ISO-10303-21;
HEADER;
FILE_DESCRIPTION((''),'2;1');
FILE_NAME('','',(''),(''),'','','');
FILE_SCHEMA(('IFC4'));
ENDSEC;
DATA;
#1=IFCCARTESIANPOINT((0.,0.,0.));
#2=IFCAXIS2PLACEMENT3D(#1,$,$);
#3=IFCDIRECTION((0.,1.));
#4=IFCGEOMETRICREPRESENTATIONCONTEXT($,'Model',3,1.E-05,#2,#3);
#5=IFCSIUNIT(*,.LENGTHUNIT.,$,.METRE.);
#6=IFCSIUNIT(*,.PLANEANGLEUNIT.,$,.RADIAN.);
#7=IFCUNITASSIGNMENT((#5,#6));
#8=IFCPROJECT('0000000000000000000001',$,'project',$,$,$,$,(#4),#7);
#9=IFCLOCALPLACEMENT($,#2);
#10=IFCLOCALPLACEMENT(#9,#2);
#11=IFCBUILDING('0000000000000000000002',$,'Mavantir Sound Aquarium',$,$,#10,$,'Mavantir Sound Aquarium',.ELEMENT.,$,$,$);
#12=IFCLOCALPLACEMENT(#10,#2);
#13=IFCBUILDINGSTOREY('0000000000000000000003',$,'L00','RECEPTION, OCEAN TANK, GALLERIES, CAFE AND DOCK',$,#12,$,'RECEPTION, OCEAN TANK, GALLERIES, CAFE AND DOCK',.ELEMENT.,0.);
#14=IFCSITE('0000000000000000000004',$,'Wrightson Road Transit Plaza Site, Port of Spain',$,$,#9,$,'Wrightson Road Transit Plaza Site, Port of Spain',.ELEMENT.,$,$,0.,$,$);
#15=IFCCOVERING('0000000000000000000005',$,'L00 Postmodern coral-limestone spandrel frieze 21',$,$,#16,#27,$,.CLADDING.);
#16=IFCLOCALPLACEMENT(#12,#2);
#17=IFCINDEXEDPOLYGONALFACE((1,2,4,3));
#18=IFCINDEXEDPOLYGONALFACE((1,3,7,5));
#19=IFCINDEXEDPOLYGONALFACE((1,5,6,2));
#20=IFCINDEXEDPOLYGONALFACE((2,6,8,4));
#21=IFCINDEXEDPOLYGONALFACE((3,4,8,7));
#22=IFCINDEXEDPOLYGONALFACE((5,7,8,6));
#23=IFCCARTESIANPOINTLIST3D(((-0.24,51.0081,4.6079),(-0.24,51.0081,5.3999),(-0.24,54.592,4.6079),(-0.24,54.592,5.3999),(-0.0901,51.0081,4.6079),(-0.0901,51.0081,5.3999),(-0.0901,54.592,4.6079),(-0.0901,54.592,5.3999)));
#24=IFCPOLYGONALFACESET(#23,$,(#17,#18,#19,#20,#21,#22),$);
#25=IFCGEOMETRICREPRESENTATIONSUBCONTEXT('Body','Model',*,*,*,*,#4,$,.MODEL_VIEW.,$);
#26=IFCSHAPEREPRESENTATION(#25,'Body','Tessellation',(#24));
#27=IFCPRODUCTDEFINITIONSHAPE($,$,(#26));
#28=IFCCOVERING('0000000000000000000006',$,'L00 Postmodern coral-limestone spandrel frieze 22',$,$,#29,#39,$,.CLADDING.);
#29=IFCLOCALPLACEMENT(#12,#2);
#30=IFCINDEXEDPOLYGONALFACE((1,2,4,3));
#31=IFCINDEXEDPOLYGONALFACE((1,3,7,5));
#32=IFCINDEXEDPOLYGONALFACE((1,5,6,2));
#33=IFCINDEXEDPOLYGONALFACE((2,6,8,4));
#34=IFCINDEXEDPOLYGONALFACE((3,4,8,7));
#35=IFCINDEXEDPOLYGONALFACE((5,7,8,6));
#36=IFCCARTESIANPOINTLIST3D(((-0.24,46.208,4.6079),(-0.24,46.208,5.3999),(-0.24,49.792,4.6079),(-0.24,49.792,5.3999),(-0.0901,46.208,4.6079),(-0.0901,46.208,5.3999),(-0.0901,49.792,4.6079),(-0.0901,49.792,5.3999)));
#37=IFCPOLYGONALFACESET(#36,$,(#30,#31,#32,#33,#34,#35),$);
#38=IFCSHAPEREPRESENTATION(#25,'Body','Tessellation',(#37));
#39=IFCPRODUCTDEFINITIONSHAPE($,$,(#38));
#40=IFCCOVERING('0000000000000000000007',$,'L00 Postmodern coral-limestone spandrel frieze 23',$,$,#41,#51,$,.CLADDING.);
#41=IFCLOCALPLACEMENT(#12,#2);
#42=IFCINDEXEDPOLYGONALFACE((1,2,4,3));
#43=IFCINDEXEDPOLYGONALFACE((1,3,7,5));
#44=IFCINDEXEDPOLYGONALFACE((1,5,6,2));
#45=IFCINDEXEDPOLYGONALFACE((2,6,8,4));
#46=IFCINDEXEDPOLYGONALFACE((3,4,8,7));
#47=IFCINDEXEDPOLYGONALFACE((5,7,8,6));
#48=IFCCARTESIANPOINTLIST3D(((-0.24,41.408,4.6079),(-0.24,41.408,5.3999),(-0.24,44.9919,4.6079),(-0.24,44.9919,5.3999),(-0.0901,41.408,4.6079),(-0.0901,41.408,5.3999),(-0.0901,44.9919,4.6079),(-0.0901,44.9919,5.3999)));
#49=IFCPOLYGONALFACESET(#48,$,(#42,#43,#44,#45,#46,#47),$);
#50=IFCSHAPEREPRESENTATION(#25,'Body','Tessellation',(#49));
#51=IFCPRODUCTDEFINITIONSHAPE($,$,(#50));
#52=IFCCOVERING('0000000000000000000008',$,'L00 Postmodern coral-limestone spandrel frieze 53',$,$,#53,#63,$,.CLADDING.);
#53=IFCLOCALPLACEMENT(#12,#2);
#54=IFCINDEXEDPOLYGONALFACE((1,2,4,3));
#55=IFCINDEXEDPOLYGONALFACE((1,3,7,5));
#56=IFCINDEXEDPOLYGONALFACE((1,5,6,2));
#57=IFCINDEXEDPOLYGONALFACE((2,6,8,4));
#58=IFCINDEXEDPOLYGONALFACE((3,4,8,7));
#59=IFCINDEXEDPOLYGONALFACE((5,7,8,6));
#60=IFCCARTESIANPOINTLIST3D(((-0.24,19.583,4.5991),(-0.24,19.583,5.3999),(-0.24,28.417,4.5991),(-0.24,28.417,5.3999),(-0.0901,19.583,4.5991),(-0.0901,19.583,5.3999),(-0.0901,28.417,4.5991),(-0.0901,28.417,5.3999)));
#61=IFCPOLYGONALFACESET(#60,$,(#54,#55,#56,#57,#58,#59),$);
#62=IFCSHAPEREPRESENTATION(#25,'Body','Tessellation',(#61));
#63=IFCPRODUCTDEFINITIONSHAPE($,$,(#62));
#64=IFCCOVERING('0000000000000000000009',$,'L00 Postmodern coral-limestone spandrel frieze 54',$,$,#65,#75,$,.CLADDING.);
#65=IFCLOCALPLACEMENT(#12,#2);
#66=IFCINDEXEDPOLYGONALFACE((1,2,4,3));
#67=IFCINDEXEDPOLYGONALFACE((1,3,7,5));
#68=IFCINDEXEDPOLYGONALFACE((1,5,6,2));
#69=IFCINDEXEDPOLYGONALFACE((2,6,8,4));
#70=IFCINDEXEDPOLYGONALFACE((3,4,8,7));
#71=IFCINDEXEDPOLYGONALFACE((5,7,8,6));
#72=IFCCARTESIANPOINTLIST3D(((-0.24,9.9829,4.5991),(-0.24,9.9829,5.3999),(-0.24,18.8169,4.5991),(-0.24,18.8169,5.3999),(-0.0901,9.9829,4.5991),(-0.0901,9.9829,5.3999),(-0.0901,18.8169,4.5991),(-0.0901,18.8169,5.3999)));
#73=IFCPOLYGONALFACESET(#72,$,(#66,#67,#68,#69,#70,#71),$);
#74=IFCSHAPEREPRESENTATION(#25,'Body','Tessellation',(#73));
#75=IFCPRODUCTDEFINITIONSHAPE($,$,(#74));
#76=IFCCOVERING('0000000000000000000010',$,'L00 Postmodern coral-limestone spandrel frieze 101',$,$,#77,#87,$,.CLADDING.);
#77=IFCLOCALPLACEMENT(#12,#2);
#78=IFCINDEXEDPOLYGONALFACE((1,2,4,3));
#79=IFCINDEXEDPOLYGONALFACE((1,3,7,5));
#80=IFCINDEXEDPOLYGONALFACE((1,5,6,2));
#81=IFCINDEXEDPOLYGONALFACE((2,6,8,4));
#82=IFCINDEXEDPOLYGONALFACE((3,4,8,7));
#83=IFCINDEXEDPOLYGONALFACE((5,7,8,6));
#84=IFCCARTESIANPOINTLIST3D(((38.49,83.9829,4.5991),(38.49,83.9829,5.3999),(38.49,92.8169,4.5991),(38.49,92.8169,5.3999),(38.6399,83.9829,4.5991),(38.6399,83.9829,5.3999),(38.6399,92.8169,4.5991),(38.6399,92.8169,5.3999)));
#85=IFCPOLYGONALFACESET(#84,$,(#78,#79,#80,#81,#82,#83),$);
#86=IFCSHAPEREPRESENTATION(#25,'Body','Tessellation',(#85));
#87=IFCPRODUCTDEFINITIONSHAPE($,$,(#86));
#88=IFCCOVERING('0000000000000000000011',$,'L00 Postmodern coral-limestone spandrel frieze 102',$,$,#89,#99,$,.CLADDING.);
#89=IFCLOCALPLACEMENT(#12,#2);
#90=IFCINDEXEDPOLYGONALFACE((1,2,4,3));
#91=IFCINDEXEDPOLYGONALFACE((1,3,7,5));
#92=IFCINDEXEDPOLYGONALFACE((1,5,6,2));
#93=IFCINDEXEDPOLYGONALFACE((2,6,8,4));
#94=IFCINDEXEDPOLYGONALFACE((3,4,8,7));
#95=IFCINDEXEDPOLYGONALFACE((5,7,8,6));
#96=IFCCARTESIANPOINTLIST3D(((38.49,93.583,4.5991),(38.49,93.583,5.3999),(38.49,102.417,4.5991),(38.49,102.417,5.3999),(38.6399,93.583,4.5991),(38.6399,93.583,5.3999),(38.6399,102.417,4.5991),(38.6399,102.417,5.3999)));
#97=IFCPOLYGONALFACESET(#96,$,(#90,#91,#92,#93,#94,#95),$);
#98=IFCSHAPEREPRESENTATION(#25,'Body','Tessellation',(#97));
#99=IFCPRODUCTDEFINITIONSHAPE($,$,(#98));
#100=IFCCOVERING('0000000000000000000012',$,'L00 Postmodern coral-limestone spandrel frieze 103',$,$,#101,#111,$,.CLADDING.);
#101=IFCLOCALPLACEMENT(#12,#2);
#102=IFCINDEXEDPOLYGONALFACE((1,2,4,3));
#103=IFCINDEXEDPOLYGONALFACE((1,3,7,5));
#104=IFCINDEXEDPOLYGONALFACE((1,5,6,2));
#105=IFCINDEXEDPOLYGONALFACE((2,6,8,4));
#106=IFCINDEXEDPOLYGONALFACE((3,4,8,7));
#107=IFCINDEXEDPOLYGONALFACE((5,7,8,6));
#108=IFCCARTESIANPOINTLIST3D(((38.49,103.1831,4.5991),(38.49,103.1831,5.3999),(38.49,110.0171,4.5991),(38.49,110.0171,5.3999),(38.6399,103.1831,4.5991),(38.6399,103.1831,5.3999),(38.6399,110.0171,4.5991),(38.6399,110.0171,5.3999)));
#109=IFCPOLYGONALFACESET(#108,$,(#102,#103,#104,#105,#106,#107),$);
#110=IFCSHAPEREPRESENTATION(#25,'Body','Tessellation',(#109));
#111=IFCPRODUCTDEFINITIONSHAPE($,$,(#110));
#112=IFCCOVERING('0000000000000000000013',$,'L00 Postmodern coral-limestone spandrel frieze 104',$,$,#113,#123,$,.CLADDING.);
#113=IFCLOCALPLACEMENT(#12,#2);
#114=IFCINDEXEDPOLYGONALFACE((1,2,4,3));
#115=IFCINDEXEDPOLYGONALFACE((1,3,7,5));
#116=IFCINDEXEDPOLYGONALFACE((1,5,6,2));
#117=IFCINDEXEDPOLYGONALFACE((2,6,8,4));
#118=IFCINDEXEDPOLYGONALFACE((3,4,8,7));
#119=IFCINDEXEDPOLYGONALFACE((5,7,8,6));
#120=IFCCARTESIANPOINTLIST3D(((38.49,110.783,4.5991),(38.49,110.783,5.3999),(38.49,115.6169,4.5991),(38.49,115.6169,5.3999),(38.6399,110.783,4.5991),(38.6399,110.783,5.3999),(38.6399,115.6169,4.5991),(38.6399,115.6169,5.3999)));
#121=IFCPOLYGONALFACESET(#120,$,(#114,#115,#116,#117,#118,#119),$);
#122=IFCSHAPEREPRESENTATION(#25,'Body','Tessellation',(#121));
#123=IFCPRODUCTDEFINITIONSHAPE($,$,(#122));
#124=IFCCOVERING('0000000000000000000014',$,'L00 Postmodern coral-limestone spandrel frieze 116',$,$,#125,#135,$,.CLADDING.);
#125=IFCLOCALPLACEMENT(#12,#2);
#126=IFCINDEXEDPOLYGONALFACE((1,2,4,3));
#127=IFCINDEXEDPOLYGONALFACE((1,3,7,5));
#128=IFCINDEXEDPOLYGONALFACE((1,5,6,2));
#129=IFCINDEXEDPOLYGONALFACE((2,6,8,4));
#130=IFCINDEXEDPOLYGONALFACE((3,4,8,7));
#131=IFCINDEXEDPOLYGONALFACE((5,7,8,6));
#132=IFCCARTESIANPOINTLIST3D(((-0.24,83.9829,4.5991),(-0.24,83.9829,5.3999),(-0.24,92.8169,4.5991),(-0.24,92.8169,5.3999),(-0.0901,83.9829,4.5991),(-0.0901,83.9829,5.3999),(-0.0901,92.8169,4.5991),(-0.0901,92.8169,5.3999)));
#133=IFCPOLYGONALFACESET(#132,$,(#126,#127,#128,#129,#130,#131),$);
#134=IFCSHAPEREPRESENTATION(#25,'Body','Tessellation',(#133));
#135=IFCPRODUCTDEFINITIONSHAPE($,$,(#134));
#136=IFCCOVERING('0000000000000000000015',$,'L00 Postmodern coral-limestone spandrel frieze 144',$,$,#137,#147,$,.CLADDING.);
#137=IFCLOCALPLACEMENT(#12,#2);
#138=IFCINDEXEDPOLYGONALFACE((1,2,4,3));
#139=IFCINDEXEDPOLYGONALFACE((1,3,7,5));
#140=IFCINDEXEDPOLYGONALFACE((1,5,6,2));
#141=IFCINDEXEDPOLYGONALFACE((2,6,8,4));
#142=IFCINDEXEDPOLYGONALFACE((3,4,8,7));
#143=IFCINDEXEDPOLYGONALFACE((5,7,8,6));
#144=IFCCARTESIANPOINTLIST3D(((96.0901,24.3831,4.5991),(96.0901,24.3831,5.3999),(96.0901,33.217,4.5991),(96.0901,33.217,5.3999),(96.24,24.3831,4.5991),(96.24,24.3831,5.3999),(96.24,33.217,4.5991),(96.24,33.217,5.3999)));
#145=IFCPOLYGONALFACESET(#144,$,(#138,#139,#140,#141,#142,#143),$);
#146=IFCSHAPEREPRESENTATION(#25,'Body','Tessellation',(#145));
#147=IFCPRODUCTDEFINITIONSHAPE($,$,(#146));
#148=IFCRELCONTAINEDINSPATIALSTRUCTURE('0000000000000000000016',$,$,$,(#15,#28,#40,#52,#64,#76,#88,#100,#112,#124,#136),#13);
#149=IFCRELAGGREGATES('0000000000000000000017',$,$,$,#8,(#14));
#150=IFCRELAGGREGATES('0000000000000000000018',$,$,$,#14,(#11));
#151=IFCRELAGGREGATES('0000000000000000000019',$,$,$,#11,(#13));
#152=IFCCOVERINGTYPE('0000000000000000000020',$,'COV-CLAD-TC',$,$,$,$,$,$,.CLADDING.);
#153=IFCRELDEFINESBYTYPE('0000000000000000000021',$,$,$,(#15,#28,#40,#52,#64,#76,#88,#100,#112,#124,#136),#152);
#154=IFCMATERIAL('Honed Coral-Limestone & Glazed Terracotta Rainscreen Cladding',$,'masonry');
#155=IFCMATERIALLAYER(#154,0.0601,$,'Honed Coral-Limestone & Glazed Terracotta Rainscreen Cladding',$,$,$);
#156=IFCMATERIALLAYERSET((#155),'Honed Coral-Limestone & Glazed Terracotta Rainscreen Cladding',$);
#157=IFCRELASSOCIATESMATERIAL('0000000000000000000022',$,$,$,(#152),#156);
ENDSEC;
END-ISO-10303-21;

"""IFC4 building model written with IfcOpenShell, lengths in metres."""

from ifc_helpers import new_model, si_unit, direction, frame, origin, place, context, subcontext, project, spatial, polyline, outline, extrude, material, layer, layer_set, type_object, element, save


model = new_model("IFC4")

# Units and contexts
model_context = context("Model", 3, precision=1e-05, world=origin(), true_north=direction((0.0, 1.0)))
body_context = subcontext(model_context, "Body", "Model", "MODEL_VIEW")
ifc_project = project(units=[si_unit("LENGTHUNIT", "METRE"), si_unit("PLANEANGLEUNIT", "RADIAN")], contexts=[model_context])

# Site, building, storey
site_placement = place(None, origin())
site = spatial("IfcSite", under=ifc_project, at=site_placement, Name="Wrightson Road Transit Plaza Site, Port of Spain", LongName="Wrightson Road Transit Plaza Site, Port of Spain", CompositionType="ELEMENT", RefElevation=0.0)
building_placement = place(site_placement, origin())
building = spatial("IfcBuilding", under=site, at=building_placement, Name="Mavantir Sound Aquarium", LongName="Mavantir Sound Aquarium", CompositionType="ELEMENT")
storey_placement = place(building_placement, origin())
storey = spatial("IfcBuildingStorey", under=building, at=storey_placement, Name="L00", Description="RECEPTION, OCEAN TANK, GALLERIES, CAFE AND DOCK", LongName="RECEPTION, OCEAN TANK, GALLERIES, CAFE AND DOCK", CompositionType="ELEMENT", Elevation=0.0)

# Coverings
ifc_material = material(Name="Honed Coral-Limestone & Glazed Terracotta Rainscreen Cladding", Category="masonry")
ifc_layer = layer(ifc_material, 0.0601, Name="Honed Coral-Limestone & Glazed Terracotta Rainscreen Cladding")
ifc_layer_set = layer_set([ifc_layer], Name="Honed Coral-Limestone & Glazed Terracotta Rainscreen Cladding")
covering_type = type_object("IfcCoveringType", Name="COV-CLAD-TC", PredefinedType="CLADDING", material=ifc_layer_set)
covering_1_placement = place(storey_placement, frame((0.0, 0.0, 4.6079)))
element("IfcCovering", 1, at=covering_1_placement, inside=storey, type_object=covering_type, Name="L00 Postmodern coral-limestone spandrel frieze 21", PredefinedType="CLADDING", context=body_context, shape_type="SweptSolid", body=[
    extrude(outline(polyline([(-0.0901, 54.592), (-0.0901, 51.0081), (-0.24, 51.0081), (-0.24, 54.592), (-0.0901, 54.592)])), origin(), (0.0, 0.0, 1.0), 0.792),
])
covering_2_placement = place(storey_placement, frame((0.0, 0.0, 4.6079)))
element("IfcCovering", 2, at=covering_2_placement, inside=storey, type_object=covering_type, Name="L00 Postmodern coral-limestone spandrel frieze 22", PredefinedType="CLADDING", context=body_context, shape_type="SweptSolid", body=[
    extrude(outline(polyline([(-0.0901, 49.792), (-0.0901, 46.208), (-0.24, 46.208), (-0.24, 49.792), (-0.0901, 49.792)])), origin(), (0.0, 0.0, 1.0), 0.792),
])
covering_3_placement = place(storey_placement, frame((0.0, 0.0, 4.6079)))
element("IfcCovering", 3, at=covering_3_placement, inside=storey, type_object=covering_type, Name="L00 Postmodern coral-limestone spandrel frieze 23", PredefinedType="CLADDING", context=body_context, shape_type="SweptSolid", body=[
    extrude(outline(polyline([(-0.0901, 44.9919), (-0.0901, 41.408), (-0.24, 41.408), (-0.24, 44.9919), (-0.0901, 44.9919)])), origin(), (0.0, 0.0, 1.0), 0.792),
])
covering_4_placement = place(storey_placement, frame((0.0, 0.0, 4.5991)))
element("IfcCovering", 4, at=covering_4_placement, inside=storey, type_object=covering_type, Name="L00 Postmodern coral-limestone spandrel frieze 53", PredefinedType="CLADDING", context=body_context, shape_type="SweptSolid", body=[
    extrude(outline(polyline([(-0.0901, 28.417), (-0.0901, 19.583), (-0.24, 19.583), (-0.24, 28.417), (-0.0901, 28.417)])), origin(), (0.0, 0.0, 1.0), 0.8008),
])
covering_5_placement = place(storey_placement, frame((0.0, 0.0, 4.5991)))
element("IfcCovering", 5, at=covering_5_placement, inside=storey, type_object=covering_type, Name="L00 Postmodern coral-limestone spandrel frieze 54", PredefinedType="CLADDING", context=body_context, shape_type="SweptSolid", body=[
    extrude(outline(polyline([(-0.0901, 18.8169), (-0.0901, 9.9829), (-0.24, 9.9829), (-0.24, 18.8169), (-0.0901, 18.8169)])), origin(), (0.0, 0.0, 1.0), 0.8008),
])
covering_6_placement = place(storey_placement, frame((0.0, 0.0, 4.5991)))
element("IfcCovering", 6, at=covering_6_placement, inside=storey, type_object=covering_type, Name="L00 Postmodern coral-limestone spandrel frieze 101", PredefinedType="CLADDING", context=body_context, shape_type="SweptSolid", body=[
    extrude(outline(polyline([(38.49, 83.9829), (38.49, 92.8169), (38.6399, 92.8169), (38.6399, 83.9829), (38.49, 83.9829)])), origin(), (0.0, 0.0, 1.0), 0.8008),
])
covering_7_placement = place(storey_placement, frame((0.0, 0.0, 4.5991)))
element("IfcCovering", 7, at=covering_7_placement, inside=storey, type_object=covering_type, Name="L00 Postmodern coral-limestone spandrel frieze 102", PredefinedType="CLADDING", context=body_context, shape_type="SweptSolid", body=[
    extrude(outline(polyline([(38.49, 93.583), (38.49, 102.417), (38.6399, 102.417), (38.6399, 93.583), (38.49, 93.583)])), origin(), (0.0, 0.0, 1.0), 0.8008),
])
covering_8_placement = place(storey_placement, frame((0.0, 0.0, 4.5991)))
element("IfcCovering", 8, at=covering_8_placement, inside=storey, type_object=covering_type, Name="L00 Postmodern coral-limestone spandrel frieze 103", PredefinedType="CLADDING", context=body_context, shape_type="SweptSolid", body=[
    extrude(outline(polyline([(38.49, 103.1831), (38.49, 110.0171), (38.6399, 110.0171), (38.6399, 103.1831), (38.49, 103.1831)])), origin(), (0.0, 0.0, 1.0), 0.8008),
])
covering_9_placement = place(storey_placement, frame((0.0, 0.0, 4.5991)))
element("IfcCovering", 9, at=covering_9_placement, inside=storey, type_object=covering_type, Name="L00 Postmodern coral-limestone spandrel frieze 104", PredefinedType="CLADDING", context=body_context, shape_type="SweptSolid", body=[
    extrude(outline(polyline([(38.49, 110.783), (38.49, 115.6169), (38.6399, 115.6169), (38.6399, 110.783), (38.49, 110.783)])), origin(), (0.0, 0.0, 1.0), 0.8008),
])
covering_10_placement = place(storey_placement, frame((0.0, 0.0, 4.5991)))
element("IfcCovering", 10, at=covering_10_placement, inside=storey, type_object=covering_type, Name="L00 Postmodern coral-limestone spandrel frieze 116", PredefinedType="CLADDING", context=body_context, shape_type="SweptSolid", body=[
    extrude(outline(polyline([(-0.0901, 92.8169), (-0.0901, 83.9829), (-0.24, 83.9829), (-0.24, 92.8169), (-0.0901, 92.8169)])), origin(), (0.0, 0.0, 1.0), 0.8008),
])
covering_11_placement = place(storey_placement, frame((0.0, 0.0, 4.5991)))
element("IfcCovering", 11, at=covering_11_placement, inside=storey, type_object=covering_type, Name="L00 Postmodern coral-limestone spandrel frieze 144", PredefinedType="CLADDING", context=body_context, shape_type="SweptSolid", body=[
    extrude(outline(polyline([(96.0901, 24.3831), (96.0901, 33.217), (96.24, 33.217), (96.24, 24.3831), (96.0901, 24.3831)])), origin(), (0.0, 0.0, 1.0), 0.8008),
])

save(model, "model.ifc")
